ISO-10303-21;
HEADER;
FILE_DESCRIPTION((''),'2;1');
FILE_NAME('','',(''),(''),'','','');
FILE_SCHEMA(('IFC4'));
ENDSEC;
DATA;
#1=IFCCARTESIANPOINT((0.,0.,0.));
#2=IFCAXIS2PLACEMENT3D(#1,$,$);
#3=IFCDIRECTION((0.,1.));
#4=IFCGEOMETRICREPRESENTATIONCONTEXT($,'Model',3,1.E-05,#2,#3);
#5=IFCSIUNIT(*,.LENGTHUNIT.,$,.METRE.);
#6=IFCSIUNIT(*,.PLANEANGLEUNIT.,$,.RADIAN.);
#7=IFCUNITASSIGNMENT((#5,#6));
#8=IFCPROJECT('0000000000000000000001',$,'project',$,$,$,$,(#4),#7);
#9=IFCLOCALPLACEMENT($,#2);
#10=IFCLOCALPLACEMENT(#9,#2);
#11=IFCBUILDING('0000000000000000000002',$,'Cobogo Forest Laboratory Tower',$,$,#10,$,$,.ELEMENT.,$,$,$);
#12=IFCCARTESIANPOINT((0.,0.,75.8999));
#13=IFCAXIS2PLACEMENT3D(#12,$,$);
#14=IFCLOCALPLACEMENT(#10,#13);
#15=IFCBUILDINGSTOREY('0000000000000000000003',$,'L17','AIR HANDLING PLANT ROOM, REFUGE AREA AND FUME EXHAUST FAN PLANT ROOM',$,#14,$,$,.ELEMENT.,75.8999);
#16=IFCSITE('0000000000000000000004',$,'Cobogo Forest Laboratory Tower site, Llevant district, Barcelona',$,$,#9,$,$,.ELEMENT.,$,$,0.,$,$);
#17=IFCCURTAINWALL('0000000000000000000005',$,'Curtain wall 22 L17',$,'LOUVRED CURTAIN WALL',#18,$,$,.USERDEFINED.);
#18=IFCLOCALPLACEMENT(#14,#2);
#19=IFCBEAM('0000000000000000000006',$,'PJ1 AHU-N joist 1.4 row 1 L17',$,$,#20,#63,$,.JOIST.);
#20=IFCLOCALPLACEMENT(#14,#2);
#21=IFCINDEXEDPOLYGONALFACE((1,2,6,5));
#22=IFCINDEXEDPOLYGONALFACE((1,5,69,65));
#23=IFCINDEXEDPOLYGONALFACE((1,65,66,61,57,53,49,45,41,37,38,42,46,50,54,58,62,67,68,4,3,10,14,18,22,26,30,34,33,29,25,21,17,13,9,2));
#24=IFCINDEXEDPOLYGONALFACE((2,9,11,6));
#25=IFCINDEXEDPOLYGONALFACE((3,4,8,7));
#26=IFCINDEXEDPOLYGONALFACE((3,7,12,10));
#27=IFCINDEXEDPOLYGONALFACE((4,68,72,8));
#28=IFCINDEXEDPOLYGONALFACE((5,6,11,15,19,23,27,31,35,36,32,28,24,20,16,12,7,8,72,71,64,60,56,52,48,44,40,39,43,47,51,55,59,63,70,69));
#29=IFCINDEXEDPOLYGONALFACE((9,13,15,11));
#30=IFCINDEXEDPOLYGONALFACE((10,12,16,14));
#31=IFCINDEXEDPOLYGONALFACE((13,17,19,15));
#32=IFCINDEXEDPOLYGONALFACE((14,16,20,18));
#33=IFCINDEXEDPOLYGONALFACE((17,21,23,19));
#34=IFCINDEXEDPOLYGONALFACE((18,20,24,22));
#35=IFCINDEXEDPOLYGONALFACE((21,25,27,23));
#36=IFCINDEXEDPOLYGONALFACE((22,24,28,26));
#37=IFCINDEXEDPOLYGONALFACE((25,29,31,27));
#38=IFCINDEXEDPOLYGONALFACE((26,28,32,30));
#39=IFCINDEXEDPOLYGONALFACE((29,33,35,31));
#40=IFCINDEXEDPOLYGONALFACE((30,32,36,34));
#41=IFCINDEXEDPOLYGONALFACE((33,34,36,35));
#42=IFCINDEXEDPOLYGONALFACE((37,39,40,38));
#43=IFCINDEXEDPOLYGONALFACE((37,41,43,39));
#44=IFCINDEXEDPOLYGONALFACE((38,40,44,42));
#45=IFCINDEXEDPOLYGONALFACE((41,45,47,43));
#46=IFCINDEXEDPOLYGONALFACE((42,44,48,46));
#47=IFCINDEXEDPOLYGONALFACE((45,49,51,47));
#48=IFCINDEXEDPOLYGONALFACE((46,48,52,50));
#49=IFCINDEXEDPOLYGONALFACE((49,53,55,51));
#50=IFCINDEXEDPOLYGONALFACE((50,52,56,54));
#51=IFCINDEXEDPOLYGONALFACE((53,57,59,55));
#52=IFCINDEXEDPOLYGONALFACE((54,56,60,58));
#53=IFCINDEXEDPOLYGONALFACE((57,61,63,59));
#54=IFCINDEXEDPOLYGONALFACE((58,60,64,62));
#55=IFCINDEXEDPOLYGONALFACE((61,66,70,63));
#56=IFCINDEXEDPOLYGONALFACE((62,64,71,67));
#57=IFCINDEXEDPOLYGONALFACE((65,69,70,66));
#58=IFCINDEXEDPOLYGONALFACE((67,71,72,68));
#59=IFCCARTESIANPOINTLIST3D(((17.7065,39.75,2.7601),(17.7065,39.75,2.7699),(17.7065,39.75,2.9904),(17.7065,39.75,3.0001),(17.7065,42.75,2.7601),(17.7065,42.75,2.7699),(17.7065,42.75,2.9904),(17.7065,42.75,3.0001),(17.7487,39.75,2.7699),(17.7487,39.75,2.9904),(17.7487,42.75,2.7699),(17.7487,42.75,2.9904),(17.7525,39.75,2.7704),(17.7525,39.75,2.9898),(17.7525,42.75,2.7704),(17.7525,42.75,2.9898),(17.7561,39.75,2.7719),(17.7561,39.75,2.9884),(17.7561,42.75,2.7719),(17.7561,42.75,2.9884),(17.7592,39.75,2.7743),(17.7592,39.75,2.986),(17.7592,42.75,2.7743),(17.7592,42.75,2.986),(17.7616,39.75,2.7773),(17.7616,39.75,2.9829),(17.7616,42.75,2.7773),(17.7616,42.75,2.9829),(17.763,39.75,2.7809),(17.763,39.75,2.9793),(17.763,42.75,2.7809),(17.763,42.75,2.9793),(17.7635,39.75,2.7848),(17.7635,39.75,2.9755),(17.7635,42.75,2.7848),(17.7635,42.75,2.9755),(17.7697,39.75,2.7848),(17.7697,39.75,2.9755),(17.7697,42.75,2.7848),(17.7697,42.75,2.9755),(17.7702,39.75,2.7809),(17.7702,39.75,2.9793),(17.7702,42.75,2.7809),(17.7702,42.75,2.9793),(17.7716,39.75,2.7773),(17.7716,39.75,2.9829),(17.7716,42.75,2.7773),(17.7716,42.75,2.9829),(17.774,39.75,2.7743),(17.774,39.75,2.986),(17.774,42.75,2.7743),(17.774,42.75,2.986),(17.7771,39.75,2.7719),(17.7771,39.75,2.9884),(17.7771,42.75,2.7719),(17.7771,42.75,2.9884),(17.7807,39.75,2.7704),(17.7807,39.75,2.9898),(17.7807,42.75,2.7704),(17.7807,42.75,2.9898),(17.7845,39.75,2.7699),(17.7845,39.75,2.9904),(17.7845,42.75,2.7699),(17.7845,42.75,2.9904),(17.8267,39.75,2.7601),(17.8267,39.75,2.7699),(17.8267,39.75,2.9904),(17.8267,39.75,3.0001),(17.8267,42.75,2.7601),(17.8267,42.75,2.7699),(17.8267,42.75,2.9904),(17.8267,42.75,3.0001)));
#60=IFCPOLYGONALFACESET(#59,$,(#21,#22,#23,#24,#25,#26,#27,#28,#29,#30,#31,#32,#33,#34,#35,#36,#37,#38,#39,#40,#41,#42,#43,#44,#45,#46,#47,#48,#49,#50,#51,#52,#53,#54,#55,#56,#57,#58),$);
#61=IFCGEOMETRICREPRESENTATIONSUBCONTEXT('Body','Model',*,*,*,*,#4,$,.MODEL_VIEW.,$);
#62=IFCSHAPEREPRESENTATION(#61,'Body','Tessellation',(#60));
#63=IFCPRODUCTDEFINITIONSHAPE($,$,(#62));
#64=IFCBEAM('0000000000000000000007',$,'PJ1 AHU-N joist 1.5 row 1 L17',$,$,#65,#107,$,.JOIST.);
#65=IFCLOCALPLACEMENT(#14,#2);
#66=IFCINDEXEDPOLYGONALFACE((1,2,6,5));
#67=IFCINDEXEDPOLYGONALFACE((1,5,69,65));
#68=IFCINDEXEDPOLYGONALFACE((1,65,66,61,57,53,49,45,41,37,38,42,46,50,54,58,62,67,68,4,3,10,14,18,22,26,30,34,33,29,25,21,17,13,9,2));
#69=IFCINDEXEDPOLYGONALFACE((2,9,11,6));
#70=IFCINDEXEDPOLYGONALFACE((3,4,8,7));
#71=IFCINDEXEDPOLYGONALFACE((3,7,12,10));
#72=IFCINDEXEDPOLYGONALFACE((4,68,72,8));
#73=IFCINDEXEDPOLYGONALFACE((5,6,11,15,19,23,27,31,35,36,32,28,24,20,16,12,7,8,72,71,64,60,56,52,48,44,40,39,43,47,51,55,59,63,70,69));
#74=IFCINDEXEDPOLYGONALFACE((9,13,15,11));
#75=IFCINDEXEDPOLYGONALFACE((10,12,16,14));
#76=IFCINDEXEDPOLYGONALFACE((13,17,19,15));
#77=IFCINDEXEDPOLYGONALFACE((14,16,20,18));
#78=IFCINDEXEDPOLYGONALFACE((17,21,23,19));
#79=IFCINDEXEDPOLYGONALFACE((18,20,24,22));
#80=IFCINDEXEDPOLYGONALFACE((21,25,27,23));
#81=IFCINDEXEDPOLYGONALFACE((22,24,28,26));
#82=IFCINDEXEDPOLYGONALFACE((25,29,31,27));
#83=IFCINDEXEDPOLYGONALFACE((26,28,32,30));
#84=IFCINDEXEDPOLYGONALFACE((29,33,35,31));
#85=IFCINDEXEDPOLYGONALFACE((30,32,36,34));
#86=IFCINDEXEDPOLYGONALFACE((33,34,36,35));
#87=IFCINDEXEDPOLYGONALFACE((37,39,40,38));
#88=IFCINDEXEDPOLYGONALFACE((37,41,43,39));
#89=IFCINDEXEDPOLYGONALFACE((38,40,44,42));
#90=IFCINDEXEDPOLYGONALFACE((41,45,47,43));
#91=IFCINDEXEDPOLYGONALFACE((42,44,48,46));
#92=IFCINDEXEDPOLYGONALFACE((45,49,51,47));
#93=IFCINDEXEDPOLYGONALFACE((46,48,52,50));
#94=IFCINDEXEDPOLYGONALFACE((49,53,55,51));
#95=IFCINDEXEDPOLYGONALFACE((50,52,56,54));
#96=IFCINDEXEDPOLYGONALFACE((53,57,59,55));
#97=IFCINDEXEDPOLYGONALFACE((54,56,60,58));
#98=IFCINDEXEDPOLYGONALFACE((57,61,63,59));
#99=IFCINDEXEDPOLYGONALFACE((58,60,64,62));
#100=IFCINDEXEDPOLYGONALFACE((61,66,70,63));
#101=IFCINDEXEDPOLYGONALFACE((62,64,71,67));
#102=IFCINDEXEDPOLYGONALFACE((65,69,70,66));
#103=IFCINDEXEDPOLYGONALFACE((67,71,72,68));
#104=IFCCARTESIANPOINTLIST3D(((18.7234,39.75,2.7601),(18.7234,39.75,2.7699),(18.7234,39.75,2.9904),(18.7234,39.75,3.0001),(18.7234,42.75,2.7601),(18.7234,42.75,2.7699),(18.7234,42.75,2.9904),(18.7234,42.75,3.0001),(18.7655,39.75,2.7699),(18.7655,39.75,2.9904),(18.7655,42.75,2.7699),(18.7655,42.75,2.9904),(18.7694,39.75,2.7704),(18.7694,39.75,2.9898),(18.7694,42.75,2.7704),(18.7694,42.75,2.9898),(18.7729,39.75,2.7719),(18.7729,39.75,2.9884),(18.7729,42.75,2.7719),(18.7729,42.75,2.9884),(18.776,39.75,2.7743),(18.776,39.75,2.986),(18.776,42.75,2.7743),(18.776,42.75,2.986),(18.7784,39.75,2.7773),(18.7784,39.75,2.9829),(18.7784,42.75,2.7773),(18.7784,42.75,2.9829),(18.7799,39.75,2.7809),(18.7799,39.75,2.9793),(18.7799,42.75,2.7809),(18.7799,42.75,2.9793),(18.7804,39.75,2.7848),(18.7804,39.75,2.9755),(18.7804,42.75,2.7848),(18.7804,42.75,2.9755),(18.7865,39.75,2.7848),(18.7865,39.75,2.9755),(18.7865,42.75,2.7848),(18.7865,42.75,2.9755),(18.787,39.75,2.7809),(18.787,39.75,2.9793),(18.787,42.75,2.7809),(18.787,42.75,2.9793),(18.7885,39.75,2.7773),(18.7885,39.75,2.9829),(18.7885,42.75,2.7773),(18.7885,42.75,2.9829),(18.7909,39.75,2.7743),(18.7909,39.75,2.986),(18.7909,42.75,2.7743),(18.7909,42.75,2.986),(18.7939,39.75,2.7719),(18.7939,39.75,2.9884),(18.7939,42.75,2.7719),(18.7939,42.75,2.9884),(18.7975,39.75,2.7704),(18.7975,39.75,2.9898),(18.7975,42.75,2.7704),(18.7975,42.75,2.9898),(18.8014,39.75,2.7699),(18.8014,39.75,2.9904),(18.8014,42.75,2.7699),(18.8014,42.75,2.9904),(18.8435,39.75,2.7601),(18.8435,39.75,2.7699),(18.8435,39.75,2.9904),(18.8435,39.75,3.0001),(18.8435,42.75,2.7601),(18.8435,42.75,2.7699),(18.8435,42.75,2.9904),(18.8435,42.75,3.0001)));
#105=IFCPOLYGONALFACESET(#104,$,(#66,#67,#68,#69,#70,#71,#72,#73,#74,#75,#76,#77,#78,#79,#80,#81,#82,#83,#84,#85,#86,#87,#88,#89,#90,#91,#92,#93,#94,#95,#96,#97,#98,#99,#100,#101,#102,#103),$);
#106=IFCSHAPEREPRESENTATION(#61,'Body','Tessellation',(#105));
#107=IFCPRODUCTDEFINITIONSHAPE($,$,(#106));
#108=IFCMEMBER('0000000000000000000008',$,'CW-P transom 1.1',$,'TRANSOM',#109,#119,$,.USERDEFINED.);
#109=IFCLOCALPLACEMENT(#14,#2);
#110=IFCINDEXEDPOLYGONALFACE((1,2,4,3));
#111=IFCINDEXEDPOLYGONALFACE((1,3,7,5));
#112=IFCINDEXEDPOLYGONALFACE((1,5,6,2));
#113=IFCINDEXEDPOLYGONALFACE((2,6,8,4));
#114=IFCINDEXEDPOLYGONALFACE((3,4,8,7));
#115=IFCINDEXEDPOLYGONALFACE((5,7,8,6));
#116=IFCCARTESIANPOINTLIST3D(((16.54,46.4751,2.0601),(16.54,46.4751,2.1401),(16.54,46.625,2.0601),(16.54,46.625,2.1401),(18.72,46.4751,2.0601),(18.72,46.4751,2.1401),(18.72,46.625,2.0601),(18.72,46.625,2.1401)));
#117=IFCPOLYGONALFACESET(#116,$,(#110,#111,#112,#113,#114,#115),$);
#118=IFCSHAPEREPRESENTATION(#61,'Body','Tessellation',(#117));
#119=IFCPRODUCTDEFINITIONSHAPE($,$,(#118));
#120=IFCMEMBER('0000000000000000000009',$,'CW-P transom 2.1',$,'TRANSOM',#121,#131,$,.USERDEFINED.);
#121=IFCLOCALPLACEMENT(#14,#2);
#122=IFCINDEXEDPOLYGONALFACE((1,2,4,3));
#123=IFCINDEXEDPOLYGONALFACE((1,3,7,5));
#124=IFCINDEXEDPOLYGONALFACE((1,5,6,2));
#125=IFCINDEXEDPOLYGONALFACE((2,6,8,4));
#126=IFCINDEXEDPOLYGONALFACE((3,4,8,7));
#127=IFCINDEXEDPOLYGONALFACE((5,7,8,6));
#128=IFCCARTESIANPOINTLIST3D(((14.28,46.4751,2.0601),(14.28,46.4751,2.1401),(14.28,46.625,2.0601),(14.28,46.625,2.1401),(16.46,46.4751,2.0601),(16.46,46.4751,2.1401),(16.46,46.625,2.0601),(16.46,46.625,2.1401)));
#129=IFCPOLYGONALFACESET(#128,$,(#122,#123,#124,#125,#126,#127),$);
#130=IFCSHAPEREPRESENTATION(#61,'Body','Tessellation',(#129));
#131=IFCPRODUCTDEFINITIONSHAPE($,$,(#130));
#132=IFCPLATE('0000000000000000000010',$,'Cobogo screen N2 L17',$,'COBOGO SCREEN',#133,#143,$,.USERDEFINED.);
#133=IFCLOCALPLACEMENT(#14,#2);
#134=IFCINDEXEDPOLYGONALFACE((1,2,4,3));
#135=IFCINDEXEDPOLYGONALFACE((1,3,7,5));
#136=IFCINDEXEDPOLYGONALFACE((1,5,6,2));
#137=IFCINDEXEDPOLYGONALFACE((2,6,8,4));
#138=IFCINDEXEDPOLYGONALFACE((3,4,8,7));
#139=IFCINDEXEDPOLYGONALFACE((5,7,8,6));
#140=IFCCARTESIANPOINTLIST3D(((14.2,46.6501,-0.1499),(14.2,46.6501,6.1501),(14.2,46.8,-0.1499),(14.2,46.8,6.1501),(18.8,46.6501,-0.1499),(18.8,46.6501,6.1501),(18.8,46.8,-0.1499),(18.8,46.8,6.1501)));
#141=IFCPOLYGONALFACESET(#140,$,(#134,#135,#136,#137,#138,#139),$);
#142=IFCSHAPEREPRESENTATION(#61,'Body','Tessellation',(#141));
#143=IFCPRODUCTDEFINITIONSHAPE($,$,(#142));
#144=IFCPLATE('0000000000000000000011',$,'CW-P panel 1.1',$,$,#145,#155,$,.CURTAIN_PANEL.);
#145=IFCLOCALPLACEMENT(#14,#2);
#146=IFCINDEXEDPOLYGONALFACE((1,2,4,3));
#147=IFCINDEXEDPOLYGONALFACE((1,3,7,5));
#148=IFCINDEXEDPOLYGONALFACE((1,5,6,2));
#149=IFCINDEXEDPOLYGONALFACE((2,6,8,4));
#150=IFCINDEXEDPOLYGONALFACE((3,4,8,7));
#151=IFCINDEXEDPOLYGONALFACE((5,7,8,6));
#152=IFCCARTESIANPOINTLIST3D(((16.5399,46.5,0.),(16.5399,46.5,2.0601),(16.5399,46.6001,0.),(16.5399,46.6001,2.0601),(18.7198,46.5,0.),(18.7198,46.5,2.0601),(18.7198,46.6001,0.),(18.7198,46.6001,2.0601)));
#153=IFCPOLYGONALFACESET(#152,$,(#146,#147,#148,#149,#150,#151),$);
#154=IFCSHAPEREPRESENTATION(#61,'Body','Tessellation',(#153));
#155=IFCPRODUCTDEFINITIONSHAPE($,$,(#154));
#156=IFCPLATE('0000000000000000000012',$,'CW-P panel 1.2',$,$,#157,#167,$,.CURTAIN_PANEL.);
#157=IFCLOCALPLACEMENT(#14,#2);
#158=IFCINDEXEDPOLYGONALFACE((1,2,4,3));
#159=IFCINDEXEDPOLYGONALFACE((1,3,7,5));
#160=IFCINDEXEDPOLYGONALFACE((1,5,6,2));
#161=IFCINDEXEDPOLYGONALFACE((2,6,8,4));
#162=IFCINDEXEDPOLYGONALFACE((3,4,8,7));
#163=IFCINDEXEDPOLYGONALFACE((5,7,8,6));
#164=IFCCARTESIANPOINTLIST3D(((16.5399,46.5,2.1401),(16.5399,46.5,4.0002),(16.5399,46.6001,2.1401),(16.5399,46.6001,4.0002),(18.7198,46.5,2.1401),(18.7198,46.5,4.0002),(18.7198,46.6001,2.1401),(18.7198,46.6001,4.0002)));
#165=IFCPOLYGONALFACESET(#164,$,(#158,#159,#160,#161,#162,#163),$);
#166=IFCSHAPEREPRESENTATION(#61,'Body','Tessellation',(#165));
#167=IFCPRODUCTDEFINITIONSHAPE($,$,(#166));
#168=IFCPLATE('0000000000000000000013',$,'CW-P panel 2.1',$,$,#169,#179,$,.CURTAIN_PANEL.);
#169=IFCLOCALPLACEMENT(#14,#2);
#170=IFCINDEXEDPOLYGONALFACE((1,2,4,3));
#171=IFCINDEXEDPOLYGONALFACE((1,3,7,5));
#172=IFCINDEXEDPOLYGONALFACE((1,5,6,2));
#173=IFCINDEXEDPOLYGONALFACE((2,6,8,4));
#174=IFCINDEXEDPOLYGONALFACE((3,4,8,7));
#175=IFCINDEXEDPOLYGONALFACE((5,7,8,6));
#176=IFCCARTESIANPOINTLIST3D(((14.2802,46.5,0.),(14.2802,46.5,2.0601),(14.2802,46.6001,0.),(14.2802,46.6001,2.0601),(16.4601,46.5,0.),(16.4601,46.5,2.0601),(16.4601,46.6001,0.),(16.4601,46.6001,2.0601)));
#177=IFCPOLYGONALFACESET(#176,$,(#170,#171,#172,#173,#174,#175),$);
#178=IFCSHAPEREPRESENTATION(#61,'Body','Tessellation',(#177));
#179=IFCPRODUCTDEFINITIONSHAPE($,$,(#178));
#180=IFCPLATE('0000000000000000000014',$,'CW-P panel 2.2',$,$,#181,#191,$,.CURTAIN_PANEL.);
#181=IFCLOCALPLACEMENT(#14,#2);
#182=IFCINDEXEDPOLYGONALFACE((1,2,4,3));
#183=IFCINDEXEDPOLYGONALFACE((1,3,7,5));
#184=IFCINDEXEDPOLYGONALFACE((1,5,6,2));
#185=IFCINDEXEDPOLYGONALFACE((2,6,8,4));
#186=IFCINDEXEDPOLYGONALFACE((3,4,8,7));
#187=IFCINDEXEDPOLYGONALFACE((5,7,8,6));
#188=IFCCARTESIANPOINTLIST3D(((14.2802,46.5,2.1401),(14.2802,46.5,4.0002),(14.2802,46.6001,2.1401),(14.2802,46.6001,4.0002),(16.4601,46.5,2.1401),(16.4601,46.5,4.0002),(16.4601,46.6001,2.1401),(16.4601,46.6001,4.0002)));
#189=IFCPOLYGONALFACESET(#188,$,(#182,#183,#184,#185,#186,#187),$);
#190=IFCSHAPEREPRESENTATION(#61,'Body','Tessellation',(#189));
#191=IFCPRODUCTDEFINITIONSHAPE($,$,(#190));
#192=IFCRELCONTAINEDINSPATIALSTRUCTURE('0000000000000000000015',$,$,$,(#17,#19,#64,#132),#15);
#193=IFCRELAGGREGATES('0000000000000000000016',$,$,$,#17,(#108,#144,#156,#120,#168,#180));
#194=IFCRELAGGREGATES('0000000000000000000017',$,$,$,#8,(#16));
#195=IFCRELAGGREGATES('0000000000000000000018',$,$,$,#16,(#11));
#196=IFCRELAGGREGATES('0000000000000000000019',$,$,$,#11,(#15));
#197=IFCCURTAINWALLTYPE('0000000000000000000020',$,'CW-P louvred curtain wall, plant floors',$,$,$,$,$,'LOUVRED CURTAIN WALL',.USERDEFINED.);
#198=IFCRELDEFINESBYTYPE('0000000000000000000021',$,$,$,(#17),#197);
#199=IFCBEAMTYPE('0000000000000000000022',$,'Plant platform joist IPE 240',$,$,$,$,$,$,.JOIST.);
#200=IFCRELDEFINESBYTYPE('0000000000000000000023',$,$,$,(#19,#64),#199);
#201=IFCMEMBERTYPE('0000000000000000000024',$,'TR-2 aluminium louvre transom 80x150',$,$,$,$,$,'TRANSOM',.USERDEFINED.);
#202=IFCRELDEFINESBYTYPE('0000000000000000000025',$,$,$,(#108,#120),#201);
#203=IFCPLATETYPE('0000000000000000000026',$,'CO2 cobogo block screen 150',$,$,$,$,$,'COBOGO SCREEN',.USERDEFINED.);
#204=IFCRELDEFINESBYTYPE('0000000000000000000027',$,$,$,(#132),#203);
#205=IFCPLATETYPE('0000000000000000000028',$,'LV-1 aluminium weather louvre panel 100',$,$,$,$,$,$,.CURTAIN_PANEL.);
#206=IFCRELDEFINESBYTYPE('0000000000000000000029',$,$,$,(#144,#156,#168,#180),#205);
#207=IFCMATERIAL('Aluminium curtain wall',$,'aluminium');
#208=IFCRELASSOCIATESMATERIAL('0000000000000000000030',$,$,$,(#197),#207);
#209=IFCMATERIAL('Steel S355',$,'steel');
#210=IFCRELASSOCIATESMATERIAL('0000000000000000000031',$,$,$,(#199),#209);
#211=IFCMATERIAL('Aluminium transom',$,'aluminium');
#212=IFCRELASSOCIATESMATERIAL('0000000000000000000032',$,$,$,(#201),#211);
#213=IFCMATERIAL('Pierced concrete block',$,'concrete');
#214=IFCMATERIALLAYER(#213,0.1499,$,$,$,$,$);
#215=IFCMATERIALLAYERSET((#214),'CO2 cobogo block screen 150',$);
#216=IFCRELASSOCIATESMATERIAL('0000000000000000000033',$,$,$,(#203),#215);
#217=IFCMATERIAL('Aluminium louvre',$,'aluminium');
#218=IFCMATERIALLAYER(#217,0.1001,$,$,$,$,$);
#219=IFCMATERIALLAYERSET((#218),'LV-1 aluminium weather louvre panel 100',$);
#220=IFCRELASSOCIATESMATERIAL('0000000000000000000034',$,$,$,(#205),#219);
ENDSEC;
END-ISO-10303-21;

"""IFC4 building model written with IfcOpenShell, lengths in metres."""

from ifc_helpers import new_model, si_unit, direction, frame, origin, origin_2d, place, context, subcontext, project, spatial, rectangle, i_section, extrude, material, layer, layer_set, material_profile, profile_set, type_object, element, aggregate, save


model = new_model("IFC4")

# Units and contexts
model_context = context("Model", 3, precision=1e-05, world=origin(), true_north=direction((0.0, 1.0)))
body_context = subcontext(model_context, "Body", "Model", "MODEL_VIEW")
ifc_project = project(units=[si_unit("LENGTHUNIT", "METRE"), si_unit("PLANEANGLEUNIT", "RADIAN")], contexts=[model_context])

# Site, building, storey
site_placement = place(None, origin())
site = spatial("IfcSite", under=ifc_project, at=site_placement, Name="Cobogo Forest Laboratory Tower site, Llevant district, Barcelona", CompositionType="ELEMENT", RefElevation=0.0)
building_placement = place(site_placement, origin())
building = spatial("IfcBuilding", under=site, at=building_placement, Name="Cobogo Forest Laboratory Tower", CompositionType="ELEMENT")
storey_placement = place(building_placement, frame((0.0, 0.0, 75.8999)))
storey = spatial("IfcBuildingStorey", under=building, at=storey_placement, Name="L17", Description="AIR HANDLING PLANT ROOM, REFUGE AREA AND FUME EXHAUST FAN PLANT ROOM", CompositionType="ELEMENT", Elevation=75.8999)

# Curtain wall
ifc_material_1 = material(Name="Aluminium curtain wall", Category="aluminium")
curtain_wall_type = type_object("IfcCurtainWallType", Name="CW-P louvred curtain wall, plant floors", ElementType="LOUVRED CURTAIN WALL", PredefinedType="USERDEFINED", material=ifc_material_1)
curtain_wall_1_placement = place(storey_placement, origin())
curtain_wall_1 = element("IfcCurtainWall", 1, at=curtain_wall_1_placement, inside=storey, type_object=curtain_wall_type, Name="Curtain wall 22 L17", ObjectType="LOUVRED CURTAIN WALL", PredefinedType="USERDEFINED")

# Shared definitions
ifc_material_2 = material(Name="Steel S355", Category="steel")

# Beams
ifc_material_profile_1 = material_profile(ifc_material_2, i_section(OverallWidth=0.1201, OverallDepth=0.24, WebThickness=0.0061, FlangeThickness=0.0098, FilletRadius=0.0149, at=origin_2d()), Name="IPE 240")
ifc_profile_set_1 = profile_set([ifc_material_profile_1], Name="Steel S355")
beam_type_1 = type_object("IfcBeamType", Name="Plant platform joist IPE 240", PredefinedType="JOIST", material=ifc_profile_set_1)
for number, where, z_axis, x_axis, name in (
    (2, (17.7666, 42.75, 2.8801), (0.0, -1.0, 0.0), (1.0, 0.0, 0.0), "PJ1 AHU-N joist 1.4 row 1 L17"),
    (3, (18.7834, 42.75, 2.8801), (0.0, -1.0, 0.0), (1.0, 0.0, 0.0), "PJ1 AHU-N joist 1.5 row 1 L17"),
):
    element("IfcBeam", number, at=place(storey_placement, frame(where, z_axis=z_axis, x_axis=x_axis)), inside=storey, type_object=beam_type_1, Name=name, PredefinedType="JOIST", context=body_context, shape_type="SweptSolid", body=[
        extrude(i_section(OverallWidth=0.1201, OverallDepth=0.24, WebThickness=0.0061, FlangeThickness=0.0098, FilletRadius=0.0149, at=origin_2d()), origin(), (0.0, 0.0, 1.0), 3.0),
    ])

# Members
ifc_material_3 = material(Name="Aluminium transom", Category="aluminium")
ifc_material_profile_2 = material_profile(ifc_material_3, rectangle(XDim=0.1499, YDim=0.0801, at=origin_2d()), Name="AL 80x150")
ifc_profile_set_2 = profile_set([ifc_material_profile_2], Name="Aluminium transom")
member_type_1 = type_object("IfcMemberType", Name="TR-2 aluminium louvre transom 80x150", ElementType="TRANSOM", PredefinedType="USERDEFINED", material=ifc_profile_set_2)
member_1_placement = place(storey_placement, frame((18.72, 46.55, 2.1001), z_axis=(-1.0, 0.0, 0.0), x_axis=(0.0, -1.0, 0.0)))
member_1 = element("IfcMember", 4, at=member_1_placement, type_object=member_type_1, Name="CW-P transom 1.1", ObjectType="TRANSOM", PredefinedType="USERDEFINED", context=body_context, shape_type="SweptSolid", body=[
    extrude(rectangle(XDim=0.1499, YDim=0.0801, at=origin_2d()), origin(), (0.0, 0.0, 1.0), 2.1799),
])
member_2_placement = place(storey_placement, frame((16.46, 46.55, 2.1001), z_axis=(-1.0, 0.0, 0.0), x_axis=(0.0, -1.0, 0.0)))
member_2 = element("IfcMember", 5, at=member_2_placement, type_object=member_type_1, Name="CW-P transom 2.1", ObjectType="TRANSOM", PredefinedType="USERDEFINED", context=body_context, shape_type="SweptSolid", body=[
    extrude(rectangle(XDim=0.1499, YDim=0.0801, at=origin_2d()), origin(), (0.0, 0.0, 1.0), 2.1799),
])

# Plates
ifc_material_4 = material(Name="Pierced concrete block", Category="concrete")
ifc_layer_1 = layer(ifc_material_4, 0.1499)
ifc_layer_set_1 = layer_set([ifc_layer_1], Name="CO2 cobogo block screen 150")
plate_type_1 = type_object("IfcPlateType", Name="CO2 cobogo block screen 150", ElementType="COBOGO SCREEN", PredefinedType="USERDEFINED", material=ifc_layer_set_1)
plate_1_placement = place(storey_placement, frame((16.5, 46.7251, -0.1499), z_axis=(0.0, 0.0, 1.0), x_axis=(1.0, 0.0, 0.0)))
element("IfcPlate", 6, at=plate_1_placement, inside=storey, type_object=plate_type_1, Name="Cobogo screen N2 L17", ObjectType="COBOGO SCREEN", PredefinedType="USERDEFINED", context=body_context, shape_type="SweptSolid", body=[
    extrude(rectangle(XDim=4.6001, YDim=0.1499, at=origin_2d()), origin(), (0.0, 0.0, 1.0), 6.3),
])
ifc_material_5 = material(Name="Aluminium louvre", Category="aluminium")
ifc_layer_2 = layer(ifc_material_5, 0.1001)
ifc_layer_set_2 = layer_set([ifc_layer_2], Name="LV-1 aluminium weather louvre panel 100")
plate_type_2 = type_object("IfcPlateType", Name="LV-1 aluminium weather louvre panel 100", PredefinedType="CURTAIN_PANEL", material=ifc_layer_set_2)
plate_2_placement = place(storey_placement, frame((17.6299, 46.55, 0.0), z_axis=(0.0, 0.0, 1.0), x_axis=(-1.0, 0.0, 0.0)))
plate_2 = element("IfcPlate", 7, at=plate_2_placement, type_object=plate_type_2, Name="CW-P panel 1.1", PredefinedType="CURTAIN_PANEL", context=body_context, shape_type="SweptSolid", body=[
    extrude(rectangle(XDim=2.1799, YDim=0.1001, at=origin_2d()), origin(), (0.0, 0.0, 1.0), 2.0601),
])
plate_3_placement = place(storey_placement, frame((17.6299, 46.55, 2.1401), z_axis=(0.0, 0.0, 1.0), x_axis=(-1.0, 0.0, 0.0)))
plate_3 = element("IfcPlate", 8, at=plate_3_placement, type_object=plate_type_2, Name="CW-P panel 1.2", PredefinedType="CURTAIN_PANEL", context=body_context, shape_type="SweptSolid", body=[
    extrude(rectangle(XDim=2.1799, YDim=0.1001, at=origin_2d()), origin(), (0.0, 0.0, 1.0), 1.8601),
])
plate_4_placement = place(storey_placement, frame((15.3701, 46.55, 0.0), z_axis=(0.0, 0.0, 1.0), x_axis=(-1.0, 0.0, 0.0)))
plate_4 = element("IfcPlate", 9, at=plate_4_placement, type_object=plate_type_2, Name="CW-P panel 2.1", PredefinedType="CURTAIN_PANEL", context=body_context, shape_type="SweptSolid", body=[
    extrude(rectangle(XDim=2.1799, YDim=0.1001, at=origin_2d()), origin(), (0.0, 0.0, 1.0), 2.0601),
])
plate_5_placement = place(storey_placement, frame((15.3701, 46.55, 2.1401), z_axis=(0.0, 0.0, 1.0), x_axis=(-1.0, 0.0, 0.0)))
plate_5 = element("IfcPlate", 10, at=plate_5_placement, type_object=plate_type_2, Name="CW-P panel 2.2", PredefinedType="CURTAIN_PANEL", context=body_context, shape_type="SweptSolid", body=[
    extrude(rectangle(XDim=2.1799, YDim=0.1001, at=origin_2d()), origin(), (0.0, 0.0, 1.0), 1.8601),
])
aggregate(curtain_wall_1, [member_1, plate_2, plate_3, member_2, plate_4, plate_5])

save(model, "model.ifc")
